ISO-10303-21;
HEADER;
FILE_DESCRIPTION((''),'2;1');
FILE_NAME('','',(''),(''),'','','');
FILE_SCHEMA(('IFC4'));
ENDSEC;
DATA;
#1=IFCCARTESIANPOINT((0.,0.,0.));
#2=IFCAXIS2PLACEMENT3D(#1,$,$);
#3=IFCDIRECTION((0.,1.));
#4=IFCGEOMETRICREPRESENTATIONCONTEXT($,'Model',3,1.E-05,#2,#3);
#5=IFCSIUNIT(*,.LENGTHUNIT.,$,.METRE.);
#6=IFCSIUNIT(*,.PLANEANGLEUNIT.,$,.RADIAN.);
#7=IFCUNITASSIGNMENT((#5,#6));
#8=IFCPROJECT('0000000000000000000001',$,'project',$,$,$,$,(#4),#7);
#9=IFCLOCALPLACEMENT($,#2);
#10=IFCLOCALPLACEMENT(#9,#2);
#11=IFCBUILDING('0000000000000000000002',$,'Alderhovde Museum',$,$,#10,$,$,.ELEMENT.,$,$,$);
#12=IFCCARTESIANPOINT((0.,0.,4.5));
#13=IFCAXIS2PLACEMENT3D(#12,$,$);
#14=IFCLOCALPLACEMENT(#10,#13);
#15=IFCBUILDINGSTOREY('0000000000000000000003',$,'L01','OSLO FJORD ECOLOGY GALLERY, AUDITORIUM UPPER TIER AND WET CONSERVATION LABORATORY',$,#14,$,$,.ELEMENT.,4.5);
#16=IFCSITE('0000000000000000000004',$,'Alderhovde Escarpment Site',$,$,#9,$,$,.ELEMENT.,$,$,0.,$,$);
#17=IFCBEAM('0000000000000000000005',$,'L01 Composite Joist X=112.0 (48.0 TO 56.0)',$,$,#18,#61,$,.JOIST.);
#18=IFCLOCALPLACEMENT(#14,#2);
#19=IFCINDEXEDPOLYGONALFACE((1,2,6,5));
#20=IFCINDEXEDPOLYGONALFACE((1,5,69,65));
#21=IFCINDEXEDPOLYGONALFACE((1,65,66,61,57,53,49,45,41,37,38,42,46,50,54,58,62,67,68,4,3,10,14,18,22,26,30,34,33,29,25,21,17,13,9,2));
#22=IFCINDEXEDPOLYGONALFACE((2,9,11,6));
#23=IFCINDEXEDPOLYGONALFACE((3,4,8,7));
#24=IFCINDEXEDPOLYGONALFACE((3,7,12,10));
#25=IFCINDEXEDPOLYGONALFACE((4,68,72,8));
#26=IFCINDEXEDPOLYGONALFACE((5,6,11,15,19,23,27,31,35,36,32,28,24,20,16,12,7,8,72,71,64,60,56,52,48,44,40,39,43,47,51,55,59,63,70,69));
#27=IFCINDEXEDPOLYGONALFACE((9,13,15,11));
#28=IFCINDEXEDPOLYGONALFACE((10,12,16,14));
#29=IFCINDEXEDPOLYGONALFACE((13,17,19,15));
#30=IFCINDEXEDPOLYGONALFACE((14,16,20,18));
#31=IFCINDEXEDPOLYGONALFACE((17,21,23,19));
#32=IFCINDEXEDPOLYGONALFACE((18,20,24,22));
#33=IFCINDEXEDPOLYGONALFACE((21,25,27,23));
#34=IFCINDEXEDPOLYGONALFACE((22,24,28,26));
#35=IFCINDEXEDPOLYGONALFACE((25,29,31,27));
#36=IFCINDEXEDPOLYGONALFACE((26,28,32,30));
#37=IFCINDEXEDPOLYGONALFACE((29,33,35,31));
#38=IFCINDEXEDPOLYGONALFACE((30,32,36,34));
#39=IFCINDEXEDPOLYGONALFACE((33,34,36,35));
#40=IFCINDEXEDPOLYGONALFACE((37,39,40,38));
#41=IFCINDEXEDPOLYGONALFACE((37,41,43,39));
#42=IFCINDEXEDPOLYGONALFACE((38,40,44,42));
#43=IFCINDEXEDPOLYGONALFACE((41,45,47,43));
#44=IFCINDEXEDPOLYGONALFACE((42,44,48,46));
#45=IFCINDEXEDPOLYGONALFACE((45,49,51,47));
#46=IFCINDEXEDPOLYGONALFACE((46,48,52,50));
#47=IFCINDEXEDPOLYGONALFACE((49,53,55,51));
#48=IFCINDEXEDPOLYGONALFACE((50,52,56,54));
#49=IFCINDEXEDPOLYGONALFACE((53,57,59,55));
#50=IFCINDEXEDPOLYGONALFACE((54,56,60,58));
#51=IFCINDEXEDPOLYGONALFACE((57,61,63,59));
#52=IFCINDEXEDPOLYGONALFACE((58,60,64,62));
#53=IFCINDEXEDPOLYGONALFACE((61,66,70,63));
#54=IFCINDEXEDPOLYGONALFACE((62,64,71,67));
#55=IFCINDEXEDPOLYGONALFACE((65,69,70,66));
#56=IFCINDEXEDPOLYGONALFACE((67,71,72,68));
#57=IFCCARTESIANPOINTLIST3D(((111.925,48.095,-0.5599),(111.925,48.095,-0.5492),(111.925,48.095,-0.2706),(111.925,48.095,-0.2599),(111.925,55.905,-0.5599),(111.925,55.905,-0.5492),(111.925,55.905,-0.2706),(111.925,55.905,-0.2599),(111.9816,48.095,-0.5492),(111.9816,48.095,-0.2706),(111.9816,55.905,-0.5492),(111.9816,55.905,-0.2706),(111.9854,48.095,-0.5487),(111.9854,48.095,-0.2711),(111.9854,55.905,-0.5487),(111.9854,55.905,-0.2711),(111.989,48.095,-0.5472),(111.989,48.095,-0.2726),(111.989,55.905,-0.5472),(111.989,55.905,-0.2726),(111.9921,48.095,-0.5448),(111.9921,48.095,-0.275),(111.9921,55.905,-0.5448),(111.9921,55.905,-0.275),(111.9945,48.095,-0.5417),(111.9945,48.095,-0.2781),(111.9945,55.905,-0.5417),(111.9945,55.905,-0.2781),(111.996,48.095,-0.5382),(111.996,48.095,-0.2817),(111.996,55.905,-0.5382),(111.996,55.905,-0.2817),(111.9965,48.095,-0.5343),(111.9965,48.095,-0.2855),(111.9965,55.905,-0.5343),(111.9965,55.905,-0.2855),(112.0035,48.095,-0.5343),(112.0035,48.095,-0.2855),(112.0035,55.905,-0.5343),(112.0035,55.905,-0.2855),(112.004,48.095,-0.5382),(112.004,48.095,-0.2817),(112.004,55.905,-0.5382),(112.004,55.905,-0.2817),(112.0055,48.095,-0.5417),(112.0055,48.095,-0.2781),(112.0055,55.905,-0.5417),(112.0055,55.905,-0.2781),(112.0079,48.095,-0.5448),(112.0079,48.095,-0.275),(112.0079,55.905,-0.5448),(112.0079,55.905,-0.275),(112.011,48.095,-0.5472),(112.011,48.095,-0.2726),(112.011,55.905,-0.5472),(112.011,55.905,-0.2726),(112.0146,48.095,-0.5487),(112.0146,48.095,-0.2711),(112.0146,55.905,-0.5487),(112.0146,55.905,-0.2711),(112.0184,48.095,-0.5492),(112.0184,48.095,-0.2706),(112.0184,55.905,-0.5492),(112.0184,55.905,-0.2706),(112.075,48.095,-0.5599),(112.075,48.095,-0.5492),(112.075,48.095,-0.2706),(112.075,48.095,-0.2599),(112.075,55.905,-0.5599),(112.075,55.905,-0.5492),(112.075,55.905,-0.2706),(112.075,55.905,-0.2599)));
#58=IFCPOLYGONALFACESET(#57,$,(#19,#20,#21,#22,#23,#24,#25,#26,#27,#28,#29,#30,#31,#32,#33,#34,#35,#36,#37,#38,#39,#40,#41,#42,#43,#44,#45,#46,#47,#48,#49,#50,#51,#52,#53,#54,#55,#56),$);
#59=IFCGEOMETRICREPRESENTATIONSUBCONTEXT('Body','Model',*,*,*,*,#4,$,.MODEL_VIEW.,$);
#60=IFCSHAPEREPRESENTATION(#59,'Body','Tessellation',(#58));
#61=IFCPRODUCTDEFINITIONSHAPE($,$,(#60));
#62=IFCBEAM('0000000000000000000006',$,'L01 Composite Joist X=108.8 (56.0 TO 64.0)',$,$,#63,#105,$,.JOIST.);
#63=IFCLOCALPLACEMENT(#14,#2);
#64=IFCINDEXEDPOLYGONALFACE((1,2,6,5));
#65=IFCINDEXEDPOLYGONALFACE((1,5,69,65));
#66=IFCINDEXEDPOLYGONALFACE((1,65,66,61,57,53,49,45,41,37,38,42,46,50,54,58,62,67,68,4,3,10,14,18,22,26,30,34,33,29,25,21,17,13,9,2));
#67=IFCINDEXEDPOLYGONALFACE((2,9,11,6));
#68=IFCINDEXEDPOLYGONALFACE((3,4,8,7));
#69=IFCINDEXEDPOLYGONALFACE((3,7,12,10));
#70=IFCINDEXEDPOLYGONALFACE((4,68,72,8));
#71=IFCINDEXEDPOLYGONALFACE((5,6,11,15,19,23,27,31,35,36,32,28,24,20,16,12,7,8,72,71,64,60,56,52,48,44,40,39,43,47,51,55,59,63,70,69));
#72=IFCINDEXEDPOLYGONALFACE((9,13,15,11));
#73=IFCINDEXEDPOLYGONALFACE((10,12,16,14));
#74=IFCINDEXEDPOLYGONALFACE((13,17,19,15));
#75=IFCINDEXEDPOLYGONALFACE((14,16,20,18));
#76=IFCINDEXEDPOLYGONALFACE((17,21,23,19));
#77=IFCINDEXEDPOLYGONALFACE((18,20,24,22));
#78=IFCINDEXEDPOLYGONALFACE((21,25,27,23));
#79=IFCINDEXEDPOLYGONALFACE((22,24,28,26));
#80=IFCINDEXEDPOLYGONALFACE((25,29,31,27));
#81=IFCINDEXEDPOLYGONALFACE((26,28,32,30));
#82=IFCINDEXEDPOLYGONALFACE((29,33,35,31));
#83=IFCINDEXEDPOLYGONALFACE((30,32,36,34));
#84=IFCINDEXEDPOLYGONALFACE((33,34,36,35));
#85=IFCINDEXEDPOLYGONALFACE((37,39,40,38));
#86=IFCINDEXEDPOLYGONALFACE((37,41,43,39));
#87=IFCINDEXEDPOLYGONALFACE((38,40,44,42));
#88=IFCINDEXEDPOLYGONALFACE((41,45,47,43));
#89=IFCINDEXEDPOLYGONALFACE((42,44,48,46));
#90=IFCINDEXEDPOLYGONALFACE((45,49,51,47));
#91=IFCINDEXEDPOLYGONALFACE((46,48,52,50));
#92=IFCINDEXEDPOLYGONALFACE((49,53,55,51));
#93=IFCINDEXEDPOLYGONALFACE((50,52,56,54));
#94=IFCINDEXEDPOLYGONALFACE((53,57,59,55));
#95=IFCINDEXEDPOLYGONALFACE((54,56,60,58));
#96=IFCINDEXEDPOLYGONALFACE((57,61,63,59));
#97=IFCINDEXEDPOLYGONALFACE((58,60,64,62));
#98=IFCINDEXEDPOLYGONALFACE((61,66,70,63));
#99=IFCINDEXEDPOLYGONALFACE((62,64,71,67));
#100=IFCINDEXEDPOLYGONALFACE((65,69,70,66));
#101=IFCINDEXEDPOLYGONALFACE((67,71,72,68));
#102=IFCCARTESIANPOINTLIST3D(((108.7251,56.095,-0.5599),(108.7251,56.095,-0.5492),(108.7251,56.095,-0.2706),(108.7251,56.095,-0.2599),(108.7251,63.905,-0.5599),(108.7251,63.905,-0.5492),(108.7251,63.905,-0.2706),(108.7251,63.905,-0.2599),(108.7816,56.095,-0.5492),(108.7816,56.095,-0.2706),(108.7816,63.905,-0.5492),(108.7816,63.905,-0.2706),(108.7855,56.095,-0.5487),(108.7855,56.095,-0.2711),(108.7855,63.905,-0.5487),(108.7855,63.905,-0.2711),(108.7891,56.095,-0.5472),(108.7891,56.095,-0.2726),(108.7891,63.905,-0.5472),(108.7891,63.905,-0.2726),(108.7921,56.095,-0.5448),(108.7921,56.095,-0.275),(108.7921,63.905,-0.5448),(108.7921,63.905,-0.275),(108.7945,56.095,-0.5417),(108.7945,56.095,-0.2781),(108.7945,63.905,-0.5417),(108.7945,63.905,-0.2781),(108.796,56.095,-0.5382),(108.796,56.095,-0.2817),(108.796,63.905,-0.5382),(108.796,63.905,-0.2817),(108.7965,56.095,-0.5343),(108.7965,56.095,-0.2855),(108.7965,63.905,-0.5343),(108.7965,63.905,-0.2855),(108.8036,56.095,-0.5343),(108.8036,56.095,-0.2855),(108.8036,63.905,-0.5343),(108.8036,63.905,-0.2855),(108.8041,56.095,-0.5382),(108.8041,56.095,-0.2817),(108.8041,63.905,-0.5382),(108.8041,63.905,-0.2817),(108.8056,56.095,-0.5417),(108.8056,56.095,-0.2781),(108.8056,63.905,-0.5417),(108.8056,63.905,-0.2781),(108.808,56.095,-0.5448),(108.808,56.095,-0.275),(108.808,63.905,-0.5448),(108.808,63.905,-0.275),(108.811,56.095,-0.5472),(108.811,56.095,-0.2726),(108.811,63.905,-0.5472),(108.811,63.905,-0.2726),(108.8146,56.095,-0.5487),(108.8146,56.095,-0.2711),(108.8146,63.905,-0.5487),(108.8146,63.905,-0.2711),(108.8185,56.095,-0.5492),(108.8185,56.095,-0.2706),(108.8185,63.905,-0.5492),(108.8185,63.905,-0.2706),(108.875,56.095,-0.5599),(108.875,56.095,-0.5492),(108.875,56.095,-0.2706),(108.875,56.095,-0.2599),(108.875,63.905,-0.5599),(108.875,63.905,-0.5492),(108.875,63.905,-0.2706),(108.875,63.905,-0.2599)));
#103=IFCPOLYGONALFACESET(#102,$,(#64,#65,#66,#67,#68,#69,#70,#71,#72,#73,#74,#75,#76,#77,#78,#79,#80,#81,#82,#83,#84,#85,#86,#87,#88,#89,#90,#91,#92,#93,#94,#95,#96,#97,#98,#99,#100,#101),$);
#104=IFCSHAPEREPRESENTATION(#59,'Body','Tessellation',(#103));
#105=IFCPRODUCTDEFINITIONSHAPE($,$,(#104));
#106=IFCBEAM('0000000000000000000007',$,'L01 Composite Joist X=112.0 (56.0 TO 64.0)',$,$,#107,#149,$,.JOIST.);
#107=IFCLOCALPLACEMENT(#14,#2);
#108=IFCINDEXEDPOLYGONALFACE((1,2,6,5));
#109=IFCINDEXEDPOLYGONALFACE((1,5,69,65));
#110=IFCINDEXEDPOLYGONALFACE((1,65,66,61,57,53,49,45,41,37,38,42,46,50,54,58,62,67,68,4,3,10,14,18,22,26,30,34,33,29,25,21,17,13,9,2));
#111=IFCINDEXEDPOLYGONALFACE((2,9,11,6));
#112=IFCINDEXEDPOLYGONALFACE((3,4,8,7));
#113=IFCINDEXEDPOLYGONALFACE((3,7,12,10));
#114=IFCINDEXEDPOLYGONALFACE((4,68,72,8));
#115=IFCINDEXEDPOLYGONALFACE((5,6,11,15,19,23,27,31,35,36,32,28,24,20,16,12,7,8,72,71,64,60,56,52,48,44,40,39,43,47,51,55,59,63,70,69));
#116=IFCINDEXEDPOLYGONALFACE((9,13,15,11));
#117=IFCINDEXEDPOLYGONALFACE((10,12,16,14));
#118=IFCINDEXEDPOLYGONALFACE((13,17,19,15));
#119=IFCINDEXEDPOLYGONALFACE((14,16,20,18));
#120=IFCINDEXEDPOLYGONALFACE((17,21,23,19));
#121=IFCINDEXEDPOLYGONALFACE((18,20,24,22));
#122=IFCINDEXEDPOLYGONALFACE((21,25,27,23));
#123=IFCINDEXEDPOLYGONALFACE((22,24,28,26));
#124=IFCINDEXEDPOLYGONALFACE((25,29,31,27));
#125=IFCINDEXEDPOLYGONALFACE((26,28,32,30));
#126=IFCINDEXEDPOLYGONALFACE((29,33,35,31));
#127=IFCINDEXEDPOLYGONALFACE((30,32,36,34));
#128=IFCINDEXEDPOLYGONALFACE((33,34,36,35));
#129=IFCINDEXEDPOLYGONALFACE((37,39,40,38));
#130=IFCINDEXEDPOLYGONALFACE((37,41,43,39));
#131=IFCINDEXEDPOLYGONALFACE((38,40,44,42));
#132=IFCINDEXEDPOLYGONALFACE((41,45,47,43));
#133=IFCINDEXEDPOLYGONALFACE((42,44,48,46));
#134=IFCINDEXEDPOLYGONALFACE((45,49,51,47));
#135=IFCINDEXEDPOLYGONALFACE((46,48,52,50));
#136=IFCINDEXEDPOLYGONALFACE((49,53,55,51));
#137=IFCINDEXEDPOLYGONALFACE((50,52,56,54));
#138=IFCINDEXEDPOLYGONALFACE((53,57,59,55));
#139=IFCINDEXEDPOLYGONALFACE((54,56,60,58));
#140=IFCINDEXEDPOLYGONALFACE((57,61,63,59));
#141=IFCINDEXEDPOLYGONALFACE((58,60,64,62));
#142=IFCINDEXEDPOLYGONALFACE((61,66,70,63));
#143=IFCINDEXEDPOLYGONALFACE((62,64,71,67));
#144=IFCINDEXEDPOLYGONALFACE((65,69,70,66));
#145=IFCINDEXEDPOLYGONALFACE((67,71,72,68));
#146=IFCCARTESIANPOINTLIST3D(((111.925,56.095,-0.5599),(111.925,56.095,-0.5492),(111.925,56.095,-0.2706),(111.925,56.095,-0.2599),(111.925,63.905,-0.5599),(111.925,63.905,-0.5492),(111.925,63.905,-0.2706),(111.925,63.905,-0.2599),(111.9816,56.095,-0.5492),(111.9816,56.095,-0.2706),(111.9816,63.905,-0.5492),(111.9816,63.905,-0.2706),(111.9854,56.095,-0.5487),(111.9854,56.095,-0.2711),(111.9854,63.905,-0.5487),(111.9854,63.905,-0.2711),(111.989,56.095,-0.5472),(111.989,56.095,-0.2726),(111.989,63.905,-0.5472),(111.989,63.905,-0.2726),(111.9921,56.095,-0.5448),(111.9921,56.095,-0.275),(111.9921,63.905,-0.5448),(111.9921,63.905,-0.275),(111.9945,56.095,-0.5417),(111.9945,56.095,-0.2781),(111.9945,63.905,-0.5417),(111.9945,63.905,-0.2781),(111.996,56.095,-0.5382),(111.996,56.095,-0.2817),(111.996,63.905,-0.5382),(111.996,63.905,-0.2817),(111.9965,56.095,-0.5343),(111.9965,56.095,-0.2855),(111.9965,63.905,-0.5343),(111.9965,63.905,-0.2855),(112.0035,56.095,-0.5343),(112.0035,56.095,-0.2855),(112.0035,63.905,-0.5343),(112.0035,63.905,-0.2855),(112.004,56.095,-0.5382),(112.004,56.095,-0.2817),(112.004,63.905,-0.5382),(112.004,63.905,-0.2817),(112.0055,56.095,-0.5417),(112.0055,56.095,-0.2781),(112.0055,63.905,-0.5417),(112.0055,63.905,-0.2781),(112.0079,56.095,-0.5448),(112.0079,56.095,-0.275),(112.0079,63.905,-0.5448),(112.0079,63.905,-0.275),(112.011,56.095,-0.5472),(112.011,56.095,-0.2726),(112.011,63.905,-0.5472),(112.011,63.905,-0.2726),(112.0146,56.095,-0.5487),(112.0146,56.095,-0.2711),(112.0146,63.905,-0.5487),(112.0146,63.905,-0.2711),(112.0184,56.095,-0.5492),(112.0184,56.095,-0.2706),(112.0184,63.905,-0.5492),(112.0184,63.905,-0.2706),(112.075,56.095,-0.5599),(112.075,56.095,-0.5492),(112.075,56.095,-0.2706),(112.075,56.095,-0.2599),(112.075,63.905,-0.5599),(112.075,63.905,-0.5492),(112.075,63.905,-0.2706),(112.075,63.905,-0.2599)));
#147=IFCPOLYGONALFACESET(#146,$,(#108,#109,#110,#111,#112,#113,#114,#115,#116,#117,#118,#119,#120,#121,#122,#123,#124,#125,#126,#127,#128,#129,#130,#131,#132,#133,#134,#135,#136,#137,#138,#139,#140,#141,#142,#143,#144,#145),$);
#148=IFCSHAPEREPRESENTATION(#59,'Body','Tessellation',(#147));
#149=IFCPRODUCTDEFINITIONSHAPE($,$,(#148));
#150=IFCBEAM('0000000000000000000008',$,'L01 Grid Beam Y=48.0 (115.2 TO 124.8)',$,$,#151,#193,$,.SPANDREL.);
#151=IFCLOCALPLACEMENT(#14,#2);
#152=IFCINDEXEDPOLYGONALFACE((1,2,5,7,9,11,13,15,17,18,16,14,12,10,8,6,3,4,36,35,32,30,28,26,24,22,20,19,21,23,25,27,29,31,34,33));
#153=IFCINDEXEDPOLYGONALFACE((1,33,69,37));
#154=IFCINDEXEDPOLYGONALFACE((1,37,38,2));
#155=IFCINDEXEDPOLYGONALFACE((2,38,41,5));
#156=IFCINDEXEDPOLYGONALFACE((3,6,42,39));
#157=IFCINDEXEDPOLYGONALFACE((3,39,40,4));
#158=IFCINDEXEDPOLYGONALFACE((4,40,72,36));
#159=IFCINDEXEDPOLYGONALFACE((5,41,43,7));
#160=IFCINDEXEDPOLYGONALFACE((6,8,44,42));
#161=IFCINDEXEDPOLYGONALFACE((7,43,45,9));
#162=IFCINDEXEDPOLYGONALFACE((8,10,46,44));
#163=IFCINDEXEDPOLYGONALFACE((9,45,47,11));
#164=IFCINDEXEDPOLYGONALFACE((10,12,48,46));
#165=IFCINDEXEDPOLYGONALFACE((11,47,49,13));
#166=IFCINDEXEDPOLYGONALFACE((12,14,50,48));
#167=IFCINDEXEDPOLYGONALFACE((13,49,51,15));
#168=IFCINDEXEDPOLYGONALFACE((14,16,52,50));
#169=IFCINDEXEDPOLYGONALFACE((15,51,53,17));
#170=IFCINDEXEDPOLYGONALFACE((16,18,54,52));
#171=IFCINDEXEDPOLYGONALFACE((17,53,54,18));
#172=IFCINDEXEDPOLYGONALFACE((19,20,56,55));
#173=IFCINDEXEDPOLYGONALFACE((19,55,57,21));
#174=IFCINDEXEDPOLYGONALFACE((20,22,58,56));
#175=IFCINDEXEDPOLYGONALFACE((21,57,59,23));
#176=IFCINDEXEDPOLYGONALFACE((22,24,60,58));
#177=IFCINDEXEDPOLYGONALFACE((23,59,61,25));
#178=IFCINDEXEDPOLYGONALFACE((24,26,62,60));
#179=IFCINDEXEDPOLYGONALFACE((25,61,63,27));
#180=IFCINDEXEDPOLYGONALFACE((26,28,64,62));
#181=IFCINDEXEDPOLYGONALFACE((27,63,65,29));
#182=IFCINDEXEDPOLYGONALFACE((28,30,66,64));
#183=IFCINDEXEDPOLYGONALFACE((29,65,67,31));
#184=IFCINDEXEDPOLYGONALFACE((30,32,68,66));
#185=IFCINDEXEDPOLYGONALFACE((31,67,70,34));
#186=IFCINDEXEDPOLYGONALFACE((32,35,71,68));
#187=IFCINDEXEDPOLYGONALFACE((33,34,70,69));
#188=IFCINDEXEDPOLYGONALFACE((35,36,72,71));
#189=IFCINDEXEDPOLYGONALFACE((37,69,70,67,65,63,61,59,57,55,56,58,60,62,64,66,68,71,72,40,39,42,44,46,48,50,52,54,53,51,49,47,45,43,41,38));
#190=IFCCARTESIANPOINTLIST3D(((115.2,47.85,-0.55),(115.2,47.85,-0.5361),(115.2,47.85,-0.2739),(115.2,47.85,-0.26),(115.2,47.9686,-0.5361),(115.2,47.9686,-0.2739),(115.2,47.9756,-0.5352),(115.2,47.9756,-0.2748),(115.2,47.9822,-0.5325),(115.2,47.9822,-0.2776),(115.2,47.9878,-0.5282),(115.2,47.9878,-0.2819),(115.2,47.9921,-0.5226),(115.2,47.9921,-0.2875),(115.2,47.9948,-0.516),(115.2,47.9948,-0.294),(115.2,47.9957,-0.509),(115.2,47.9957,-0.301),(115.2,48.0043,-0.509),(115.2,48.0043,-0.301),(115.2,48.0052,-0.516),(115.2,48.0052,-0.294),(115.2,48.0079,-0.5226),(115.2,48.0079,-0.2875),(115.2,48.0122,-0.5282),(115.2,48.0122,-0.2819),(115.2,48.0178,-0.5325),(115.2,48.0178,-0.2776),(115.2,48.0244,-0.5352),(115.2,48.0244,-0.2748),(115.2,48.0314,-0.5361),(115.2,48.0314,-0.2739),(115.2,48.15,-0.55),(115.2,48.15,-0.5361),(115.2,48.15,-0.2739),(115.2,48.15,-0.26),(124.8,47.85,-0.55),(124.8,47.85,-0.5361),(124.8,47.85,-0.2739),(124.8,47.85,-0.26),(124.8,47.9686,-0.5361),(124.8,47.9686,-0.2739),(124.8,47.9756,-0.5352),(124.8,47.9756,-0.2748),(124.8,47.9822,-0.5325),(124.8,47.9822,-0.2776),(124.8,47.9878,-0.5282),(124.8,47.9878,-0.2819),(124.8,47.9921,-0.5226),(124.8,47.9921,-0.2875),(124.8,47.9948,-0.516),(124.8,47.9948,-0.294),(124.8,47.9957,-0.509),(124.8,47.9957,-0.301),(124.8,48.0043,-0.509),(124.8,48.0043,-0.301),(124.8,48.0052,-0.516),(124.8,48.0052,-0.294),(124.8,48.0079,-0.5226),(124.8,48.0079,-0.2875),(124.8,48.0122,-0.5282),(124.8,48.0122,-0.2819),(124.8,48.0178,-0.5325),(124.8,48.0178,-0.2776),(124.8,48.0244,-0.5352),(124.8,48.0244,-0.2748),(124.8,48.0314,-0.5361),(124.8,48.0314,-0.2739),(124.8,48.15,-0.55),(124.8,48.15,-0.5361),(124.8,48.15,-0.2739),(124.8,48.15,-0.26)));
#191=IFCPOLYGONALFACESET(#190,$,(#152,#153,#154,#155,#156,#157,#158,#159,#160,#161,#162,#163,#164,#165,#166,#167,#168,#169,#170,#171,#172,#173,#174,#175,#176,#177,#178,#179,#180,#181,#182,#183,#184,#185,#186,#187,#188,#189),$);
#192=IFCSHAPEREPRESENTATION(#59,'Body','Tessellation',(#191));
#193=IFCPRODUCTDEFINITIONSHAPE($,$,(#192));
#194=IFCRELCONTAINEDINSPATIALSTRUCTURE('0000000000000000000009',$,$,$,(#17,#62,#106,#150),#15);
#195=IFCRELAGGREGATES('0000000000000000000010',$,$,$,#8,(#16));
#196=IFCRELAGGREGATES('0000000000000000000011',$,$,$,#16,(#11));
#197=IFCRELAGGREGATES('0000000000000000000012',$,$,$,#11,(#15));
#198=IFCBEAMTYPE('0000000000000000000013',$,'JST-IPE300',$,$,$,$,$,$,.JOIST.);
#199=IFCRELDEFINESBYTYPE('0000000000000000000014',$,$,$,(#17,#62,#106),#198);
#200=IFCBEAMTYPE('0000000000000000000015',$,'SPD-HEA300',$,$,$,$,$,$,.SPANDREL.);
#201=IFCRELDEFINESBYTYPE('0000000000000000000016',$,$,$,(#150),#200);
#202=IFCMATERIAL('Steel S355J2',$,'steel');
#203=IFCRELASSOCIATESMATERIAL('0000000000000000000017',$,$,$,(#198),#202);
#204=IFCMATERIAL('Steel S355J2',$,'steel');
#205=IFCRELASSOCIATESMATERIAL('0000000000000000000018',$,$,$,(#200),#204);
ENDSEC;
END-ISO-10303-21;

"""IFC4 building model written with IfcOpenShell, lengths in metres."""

from ifc_helpers import new_model, si_unit, direction, frame, origin, origin_2d, place, context, subcontext, project, spatial, i_section, extrude, material, material_profile, profile_set, type_object, element, save


model = new_model("IFC4")

# Units and contexts
model_context = context("Model", 3, precision=1e-05, world=origin(), true_north=direction((0.0, 1.0)))
body_context = subcontext(model_context, "Body", "Model", "MODEL_VIEW")
ifc_project = project(units=[si_unit("LENGTHUNIT", "METRE"), si_unit("PLANEANGLEUNIT", "RADIAN")], contexts=[model_context])

# Site, building, storey
site_placement = place(None, origin())
site = spatial("IfcSite", under=ifc_project, at=site_placement, Name="Alderhovde Escarpment Site", CompositionType="ELEMENT", RefElevation=0.0)
building_placement = place(site_placement, origin())
building = spatial("IfcBuilding", under=site, at=building_placement, Name="Alderhovde Museum", CompositionType="ELEMENT")
storey_placement = place(building_placement, frame((0.0, 0.0, 4.5)))
storey = spatial("IfcBuildingStorey", under=building, at=storey_placement, Name="L01", Description="OSLO FJORD ECOLOGY GALLERY, AUDITORIUM UPPER TIER AND WET CONSERVATION LABORATORY", CompositionType="ELEMENT", Elevation=4.5)

# Beams
ifc_material_1 = material(Name="Steel S355J2", Category="steel")
ifc_material_profile_1 = material_profile(ifc_material_1, i_section(OverallWidth=0.1499, OverallDepth=0.3, WebThickness=0.0071, FlangeThickness=0.0107, FilletRadius=0.0149, at=origin_2d()), Name="IPE 300")
ifc_profile_set_1 = profile_set([ifc_material_profile_1], Name="Steel S355J2")
beam_type_1 = type_object("IfcBeamType", Name="JST-IPE300", PredefinedType="JOIST", material=ifc_profile_set_1)
for number, where, z_axis, x_axis, name in (
    (1, (112.0, 48.095, -0.4099), (0.0, 1.0, 0.0), (-1.0, 0.0, 0.0), "L01 Composite Joist X=112.0 (48.0 TO 56.0)"),
    (2, (108.8, 56.095, -0.4099), (0.0, 1.0, 0.0), (-1.0, 0.0, 0.0), "L01 Composite Joist X=108.8 (56.0 TO 64.0)"),
    (3, (112.0, 56.095, -0.4099), (0.0, 1.0, 0.0), (-1.0, 0.0, 0.0), "L01 Composite Joist X=112.0 (56.0 TO 64.0)"),
):
    element("IfcBeam", number, at=place(storey_placement, frame(where, z_axis=z_axis, x_axis=x_axis)), inside=storey, type_object=beam_type_1, Name=name, PredefinedType="JOIST", context=body_context, shape_type="SweptSolid", body=[
        extrude(i_section(OverallWidth=0.1499, OverallDepth=0.3, WebThickness=0.0071, FlangeThickness=0.0107, FilletRadius=0.0149, at=origin_2d()), origin(), (0.0, 0.0, 1.0), 7.8101),
    ])
ifc_material_2 = material(Name="Steel S355J2", Category="steel")
ifc_material_profile_2 = material_profile(ifc_material_2, i_section(OverallWidth=0.3, OverallDepth=0.29, WebThickness=0.0085, FlangeThickness=0.0139, FilletRadius=0.0271, at=origin_2d()), Name="HEA 300")
ifc_profile_set_2 = profile_set([ifc_material_profile_2], Name="Steel S355J2")
beam_type_2 = type_object("IfcBeamType", Name="SPD-HEA300", PredefinedType="SPANDREL", material=ifc_profile_set_2)
beam_1_placement = place(storey_placement, frame((115.2, 48.0, -0.405), z_axis=(1.0, 0.0, 0.0), x_axis=(0.0, 1.0, 0.0)))
element("IfcBeam", 4, at=beam_1_placement, inside=storey, type_object=beam_type_2, Name="L01 Grid Beam Y=48.0 (115.2 TO 124.8)", PredefinedType="SPANDREL", context=body_context, shape_type="SweptSolid", body=[
    extrude(i_section(OverallWidth=0.3, OverallDepth=0.29, WebThickness=0.0085, FlangeThickness=0.0139, FilletRadius=0.0271, at=origin_2d()), origin(), (0.0, 0.0, 1.0), 9.6001),
])

save(model, "model.ifc")
